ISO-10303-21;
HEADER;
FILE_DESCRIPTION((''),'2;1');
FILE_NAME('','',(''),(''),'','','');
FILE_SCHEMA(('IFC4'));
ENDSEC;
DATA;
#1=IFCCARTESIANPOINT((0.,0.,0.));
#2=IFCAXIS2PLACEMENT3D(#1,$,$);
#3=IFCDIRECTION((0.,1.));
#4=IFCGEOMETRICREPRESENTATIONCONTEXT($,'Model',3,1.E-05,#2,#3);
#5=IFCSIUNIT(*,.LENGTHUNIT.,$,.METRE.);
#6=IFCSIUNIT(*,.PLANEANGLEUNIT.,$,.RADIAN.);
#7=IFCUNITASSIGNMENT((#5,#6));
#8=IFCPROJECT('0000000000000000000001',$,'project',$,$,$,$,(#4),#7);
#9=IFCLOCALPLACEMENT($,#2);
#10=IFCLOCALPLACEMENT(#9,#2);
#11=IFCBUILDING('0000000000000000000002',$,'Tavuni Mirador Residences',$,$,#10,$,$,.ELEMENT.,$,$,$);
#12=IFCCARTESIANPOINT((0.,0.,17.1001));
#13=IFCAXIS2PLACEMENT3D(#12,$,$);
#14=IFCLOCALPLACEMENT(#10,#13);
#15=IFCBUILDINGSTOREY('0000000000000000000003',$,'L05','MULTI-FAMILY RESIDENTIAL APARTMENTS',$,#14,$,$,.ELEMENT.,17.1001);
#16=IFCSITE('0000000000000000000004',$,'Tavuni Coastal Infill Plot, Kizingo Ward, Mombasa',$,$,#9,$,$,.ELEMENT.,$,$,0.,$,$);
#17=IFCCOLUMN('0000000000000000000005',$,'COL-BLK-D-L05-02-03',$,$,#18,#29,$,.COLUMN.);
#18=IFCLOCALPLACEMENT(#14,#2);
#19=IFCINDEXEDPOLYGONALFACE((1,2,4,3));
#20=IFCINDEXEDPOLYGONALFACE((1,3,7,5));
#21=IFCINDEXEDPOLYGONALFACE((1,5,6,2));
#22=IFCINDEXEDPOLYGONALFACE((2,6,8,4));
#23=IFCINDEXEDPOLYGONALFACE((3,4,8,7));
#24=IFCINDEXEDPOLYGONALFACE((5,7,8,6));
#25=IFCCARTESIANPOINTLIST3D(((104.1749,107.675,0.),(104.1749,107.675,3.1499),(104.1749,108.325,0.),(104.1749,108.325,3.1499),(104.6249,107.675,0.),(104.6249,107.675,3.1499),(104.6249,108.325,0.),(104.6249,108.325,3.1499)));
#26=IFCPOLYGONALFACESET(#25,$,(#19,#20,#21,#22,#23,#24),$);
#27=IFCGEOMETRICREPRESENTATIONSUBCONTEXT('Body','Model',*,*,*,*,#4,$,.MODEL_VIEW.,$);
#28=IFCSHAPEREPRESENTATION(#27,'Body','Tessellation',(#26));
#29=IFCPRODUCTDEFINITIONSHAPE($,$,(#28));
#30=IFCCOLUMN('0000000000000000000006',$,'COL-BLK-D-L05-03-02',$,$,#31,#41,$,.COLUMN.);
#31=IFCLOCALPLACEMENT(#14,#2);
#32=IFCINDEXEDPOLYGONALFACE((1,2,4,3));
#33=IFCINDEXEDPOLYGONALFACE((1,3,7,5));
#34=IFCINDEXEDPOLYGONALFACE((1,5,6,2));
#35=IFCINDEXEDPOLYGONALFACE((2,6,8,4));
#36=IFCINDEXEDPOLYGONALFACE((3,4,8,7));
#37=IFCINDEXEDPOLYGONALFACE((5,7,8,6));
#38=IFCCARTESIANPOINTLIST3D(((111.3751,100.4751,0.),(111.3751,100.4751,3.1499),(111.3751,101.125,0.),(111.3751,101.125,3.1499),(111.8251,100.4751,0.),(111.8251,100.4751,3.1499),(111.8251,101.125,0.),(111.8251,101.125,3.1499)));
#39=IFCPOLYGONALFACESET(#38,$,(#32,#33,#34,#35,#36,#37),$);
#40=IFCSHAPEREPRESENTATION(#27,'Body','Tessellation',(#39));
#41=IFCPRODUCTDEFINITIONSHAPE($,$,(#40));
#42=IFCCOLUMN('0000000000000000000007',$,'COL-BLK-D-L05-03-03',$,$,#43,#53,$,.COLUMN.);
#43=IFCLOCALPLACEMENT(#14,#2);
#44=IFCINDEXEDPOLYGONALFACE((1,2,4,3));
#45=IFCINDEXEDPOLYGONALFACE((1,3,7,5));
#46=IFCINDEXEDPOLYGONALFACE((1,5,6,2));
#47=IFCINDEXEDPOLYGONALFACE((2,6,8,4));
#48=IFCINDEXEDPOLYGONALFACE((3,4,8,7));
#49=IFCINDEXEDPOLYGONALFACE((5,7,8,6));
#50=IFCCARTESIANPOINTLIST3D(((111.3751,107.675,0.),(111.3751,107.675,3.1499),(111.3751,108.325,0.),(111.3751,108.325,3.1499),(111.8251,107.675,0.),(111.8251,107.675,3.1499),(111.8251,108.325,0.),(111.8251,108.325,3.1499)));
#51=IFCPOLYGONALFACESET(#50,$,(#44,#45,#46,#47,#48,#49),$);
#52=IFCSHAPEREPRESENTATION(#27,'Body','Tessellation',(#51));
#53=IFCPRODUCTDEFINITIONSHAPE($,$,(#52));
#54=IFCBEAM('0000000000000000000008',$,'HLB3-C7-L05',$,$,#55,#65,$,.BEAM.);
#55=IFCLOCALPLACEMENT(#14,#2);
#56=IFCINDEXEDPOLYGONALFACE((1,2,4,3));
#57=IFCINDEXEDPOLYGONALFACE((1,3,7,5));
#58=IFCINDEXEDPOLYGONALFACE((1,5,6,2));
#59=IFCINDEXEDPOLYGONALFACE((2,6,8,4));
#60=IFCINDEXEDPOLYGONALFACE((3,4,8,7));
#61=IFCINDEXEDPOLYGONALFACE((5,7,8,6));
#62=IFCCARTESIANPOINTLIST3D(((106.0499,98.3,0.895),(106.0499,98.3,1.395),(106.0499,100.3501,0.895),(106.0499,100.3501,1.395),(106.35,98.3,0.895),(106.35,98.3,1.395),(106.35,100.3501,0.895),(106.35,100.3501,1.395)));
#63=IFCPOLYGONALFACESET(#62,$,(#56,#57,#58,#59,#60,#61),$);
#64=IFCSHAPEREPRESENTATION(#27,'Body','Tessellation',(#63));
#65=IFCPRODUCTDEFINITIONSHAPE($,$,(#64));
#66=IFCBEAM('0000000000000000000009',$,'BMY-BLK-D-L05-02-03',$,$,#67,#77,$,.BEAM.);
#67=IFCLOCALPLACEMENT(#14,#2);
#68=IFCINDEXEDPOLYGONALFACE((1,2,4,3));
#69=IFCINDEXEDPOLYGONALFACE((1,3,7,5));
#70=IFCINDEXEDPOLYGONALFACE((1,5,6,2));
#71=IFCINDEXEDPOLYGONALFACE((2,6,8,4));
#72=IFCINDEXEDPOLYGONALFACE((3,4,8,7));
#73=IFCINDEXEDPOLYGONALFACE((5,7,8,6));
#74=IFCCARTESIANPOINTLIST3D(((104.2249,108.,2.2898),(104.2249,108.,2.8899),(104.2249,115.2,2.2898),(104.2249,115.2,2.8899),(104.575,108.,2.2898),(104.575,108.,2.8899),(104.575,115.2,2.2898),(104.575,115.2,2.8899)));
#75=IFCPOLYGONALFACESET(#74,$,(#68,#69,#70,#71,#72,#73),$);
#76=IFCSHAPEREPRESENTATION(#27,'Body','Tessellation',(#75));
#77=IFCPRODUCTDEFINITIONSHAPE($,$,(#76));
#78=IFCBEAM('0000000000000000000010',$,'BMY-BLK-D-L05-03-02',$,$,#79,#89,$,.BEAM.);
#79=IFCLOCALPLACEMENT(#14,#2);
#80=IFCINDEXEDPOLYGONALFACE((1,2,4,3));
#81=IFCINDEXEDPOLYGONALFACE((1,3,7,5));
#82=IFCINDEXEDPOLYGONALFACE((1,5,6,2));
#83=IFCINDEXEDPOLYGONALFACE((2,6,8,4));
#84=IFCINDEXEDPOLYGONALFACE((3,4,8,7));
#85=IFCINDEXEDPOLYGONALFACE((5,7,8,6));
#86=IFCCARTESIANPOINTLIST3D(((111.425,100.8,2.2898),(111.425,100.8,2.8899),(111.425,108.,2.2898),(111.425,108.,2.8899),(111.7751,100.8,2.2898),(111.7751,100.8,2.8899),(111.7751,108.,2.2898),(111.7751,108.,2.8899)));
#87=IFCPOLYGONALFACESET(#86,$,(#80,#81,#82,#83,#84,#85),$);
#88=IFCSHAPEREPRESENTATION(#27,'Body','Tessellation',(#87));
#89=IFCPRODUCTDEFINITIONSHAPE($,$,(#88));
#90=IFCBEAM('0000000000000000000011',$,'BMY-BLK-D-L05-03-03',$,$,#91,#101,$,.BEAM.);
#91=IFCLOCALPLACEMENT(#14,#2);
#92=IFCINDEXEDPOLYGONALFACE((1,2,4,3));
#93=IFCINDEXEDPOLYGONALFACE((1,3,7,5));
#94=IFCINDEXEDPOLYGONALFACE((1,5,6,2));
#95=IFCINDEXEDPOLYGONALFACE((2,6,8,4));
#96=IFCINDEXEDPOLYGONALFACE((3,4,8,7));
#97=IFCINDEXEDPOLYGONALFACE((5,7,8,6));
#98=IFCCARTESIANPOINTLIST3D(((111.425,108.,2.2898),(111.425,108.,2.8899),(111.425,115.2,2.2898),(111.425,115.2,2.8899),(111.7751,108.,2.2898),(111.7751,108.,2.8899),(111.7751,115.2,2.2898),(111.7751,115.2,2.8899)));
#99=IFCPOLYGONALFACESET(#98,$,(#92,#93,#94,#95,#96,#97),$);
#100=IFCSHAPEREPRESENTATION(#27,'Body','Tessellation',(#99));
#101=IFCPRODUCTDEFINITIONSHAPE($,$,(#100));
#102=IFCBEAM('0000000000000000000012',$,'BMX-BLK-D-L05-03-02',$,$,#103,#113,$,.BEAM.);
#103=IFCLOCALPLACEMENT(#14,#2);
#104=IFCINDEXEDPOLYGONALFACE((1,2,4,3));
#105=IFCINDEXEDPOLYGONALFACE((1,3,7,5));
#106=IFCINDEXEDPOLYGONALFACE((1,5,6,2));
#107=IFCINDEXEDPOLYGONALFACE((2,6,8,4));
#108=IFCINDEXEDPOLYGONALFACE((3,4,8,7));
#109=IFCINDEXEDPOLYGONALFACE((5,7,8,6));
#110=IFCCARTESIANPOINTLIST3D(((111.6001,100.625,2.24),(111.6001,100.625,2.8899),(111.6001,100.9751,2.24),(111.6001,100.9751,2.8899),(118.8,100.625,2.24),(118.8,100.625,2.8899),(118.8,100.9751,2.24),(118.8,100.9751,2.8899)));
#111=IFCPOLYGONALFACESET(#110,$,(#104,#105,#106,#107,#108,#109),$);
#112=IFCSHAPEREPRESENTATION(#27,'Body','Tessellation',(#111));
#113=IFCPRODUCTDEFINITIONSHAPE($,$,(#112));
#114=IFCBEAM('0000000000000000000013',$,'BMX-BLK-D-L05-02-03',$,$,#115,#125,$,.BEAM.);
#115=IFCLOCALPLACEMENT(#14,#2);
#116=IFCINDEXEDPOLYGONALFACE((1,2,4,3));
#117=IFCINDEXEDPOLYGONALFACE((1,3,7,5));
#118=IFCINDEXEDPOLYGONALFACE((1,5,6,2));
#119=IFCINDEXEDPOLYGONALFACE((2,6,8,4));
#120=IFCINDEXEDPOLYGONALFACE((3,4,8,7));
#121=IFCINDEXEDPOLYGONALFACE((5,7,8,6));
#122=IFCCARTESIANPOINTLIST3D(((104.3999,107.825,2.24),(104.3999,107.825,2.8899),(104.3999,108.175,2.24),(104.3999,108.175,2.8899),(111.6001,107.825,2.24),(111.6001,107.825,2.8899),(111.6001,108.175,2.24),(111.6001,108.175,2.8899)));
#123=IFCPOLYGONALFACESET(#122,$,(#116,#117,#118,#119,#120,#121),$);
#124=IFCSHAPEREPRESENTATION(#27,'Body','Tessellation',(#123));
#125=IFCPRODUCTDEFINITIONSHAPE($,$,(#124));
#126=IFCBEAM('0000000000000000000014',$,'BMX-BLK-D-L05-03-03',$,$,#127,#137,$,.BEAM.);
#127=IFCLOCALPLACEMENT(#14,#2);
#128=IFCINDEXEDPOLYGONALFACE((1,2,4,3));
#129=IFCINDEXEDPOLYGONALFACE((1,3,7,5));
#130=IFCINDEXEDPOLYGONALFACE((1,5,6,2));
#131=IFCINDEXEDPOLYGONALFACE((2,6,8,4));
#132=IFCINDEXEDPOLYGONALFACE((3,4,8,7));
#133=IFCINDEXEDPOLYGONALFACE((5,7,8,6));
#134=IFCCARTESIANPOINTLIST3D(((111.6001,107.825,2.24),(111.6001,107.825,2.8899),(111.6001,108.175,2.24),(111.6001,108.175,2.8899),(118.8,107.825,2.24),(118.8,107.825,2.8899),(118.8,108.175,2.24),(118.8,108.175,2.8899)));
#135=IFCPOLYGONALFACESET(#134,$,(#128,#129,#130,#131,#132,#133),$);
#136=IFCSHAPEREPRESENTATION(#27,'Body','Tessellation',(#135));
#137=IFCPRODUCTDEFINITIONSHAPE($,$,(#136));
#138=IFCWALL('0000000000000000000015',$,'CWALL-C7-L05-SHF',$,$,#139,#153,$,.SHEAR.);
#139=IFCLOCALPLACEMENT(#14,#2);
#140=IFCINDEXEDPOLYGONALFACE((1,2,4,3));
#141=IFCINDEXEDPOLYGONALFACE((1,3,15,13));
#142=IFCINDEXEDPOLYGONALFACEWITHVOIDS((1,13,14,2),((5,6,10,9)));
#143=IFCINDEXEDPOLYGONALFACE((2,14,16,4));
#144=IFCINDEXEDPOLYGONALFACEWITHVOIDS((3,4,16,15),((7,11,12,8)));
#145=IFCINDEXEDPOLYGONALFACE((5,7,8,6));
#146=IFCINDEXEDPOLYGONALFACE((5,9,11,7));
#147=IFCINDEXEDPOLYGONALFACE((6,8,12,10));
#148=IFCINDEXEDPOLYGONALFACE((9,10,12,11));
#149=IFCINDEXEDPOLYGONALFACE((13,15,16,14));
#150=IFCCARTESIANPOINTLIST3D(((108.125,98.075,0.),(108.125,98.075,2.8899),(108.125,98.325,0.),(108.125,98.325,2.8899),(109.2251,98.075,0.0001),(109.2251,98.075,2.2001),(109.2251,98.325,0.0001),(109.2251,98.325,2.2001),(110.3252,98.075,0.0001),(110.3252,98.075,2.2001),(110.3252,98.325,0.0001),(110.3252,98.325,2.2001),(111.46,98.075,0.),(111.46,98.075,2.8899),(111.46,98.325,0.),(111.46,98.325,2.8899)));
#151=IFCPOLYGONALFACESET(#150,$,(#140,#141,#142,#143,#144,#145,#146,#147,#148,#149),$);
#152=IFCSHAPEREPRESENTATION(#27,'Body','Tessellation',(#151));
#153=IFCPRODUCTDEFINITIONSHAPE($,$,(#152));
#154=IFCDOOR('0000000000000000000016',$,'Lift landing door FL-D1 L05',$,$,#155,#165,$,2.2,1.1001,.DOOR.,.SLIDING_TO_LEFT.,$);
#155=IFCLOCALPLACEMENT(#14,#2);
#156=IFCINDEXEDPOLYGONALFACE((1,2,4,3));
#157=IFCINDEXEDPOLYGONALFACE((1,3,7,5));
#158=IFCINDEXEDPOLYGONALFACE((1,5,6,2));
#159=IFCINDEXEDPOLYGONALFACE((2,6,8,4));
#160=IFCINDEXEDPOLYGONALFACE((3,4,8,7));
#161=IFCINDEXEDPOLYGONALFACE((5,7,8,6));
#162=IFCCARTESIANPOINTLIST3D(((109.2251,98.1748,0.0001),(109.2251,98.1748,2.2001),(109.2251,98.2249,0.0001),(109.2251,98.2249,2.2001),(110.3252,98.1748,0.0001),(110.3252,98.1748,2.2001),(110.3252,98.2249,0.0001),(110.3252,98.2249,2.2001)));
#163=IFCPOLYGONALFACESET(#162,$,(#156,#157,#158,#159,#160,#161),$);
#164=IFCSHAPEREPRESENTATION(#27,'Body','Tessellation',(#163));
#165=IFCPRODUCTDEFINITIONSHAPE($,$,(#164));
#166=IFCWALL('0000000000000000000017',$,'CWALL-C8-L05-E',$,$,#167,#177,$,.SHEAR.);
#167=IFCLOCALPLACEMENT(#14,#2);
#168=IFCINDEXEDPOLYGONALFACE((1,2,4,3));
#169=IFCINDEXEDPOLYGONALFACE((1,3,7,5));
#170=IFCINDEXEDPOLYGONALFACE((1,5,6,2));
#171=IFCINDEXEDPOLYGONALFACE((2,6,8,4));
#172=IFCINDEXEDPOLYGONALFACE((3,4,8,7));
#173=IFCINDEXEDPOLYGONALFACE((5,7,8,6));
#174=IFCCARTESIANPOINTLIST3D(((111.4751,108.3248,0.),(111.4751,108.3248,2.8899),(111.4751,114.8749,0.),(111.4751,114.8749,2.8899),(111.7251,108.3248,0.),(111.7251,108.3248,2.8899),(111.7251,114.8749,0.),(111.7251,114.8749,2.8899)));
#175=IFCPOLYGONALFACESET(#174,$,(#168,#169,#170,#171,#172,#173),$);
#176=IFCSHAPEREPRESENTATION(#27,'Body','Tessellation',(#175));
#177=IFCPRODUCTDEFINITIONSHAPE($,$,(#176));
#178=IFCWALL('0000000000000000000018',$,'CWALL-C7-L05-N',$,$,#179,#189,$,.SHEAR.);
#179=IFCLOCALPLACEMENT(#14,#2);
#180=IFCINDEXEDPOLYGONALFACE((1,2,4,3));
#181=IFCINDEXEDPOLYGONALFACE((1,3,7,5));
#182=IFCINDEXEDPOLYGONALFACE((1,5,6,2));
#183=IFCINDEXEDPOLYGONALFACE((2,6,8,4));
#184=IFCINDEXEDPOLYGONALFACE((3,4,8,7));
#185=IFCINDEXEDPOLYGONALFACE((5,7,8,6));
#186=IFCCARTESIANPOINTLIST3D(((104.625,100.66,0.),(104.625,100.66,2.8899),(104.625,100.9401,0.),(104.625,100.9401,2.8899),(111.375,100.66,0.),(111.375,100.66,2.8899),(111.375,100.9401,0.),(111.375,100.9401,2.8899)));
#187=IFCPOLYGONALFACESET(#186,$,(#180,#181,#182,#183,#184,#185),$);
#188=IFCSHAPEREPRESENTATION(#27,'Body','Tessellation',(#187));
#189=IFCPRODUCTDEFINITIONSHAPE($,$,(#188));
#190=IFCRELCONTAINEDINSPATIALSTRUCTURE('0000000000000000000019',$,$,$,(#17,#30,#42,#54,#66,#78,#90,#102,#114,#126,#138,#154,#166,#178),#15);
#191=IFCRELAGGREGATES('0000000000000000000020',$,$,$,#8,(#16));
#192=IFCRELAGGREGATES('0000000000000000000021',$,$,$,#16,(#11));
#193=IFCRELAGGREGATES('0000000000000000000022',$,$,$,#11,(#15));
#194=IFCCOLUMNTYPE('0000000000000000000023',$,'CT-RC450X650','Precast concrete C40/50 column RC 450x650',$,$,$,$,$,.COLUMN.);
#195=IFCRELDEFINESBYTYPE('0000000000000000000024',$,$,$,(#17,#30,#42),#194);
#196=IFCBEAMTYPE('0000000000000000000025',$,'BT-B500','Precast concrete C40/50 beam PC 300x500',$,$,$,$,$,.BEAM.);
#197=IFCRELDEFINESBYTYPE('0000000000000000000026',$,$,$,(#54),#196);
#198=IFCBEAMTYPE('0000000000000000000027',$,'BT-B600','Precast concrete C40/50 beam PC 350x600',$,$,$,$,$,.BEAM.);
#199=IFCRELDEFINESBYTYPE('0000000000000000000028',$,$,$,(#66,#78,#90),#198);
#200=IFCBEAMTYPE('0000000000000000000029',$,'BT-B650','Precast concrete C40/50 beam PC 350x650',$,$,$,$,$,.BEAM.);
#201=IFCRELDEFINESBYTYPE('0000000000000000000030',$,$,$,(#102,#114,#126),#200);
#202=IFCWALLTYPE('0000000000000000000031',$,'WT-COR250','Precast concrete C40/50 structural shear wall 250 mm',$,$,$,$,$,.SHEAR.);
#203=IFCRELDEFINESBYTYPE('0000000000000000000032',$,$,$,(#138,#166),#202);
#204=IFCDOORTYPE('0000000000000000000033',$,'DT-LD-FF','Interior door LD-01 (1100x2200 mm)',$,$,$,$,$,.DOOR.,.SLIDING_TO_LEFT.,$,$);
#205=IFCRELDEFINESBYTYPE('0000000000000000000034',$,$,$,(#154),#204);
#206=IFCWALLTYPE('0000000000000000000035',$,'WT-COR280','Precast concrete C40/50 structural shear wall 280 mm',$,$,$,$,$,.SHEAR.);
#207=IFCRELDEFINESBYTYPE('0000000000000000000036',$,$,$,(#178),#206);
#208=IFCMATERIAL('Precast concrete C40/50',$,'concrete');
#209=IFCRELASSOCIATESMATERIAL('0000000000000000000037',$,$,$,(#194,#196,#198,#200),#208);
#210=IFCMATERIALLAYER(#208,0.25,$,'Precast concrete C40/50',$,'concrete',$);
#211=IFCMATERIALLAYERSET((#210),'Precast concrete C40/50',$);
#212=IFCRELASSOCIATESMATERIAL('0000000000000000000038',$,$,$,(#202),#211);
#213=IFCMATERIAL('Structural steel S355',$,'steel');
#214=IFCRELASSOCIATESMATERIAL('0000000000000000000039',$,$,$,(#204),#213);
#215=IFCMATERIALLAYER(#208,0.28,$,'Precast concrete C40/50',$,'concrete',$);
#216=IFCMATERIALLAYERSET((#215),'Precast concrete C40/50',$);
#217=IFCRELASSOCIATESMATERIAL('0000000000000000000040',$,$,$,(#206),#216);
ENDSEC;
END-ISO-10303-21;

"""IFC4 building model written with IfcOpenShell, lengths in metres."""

from ifc_helpers import new_model, si_unit, direction, frame, frame_2d, origin, origin_2d, place, context, subcontext, project, spatial, rectangle, extrude, material, layer, layer_set, material_profile, profile_set, type_object, element, fill, save


model = new_model("IFC4")

# Units and contexts
model_context = context("Model", 3, precision=1e-05, world=origin(), true_north=direction((0.0, 1.0)))
body_context = subcontext(model_context, "Body", "Model", "MODEL_VIEW")
ifc_project = project(units=[si_unit("LENGTHUNIT", "METRE"), si_unit("PLANEANGLEUNIT", "RADIAN")], contexts=[model_context])

# Site, building, storey
site_placement = place(None, origin())
site = spatial("IfcSite", under=ifc_project, at=site_placement, Name="Tavuni Coastal Infill Plot, Kizingo Ward, Mombasa", CompositionType="ELEMENT", RefElevation=0.0)
building_placement = place(site_placement, origin())
building = spatial("IfcBuilding", under=site, at=building_placement, Name="Tavuni Mirador Residences", CompositionType="ELEMENT")
storey_placement = place(building_placement, frame((0.0, 0.0, 17.1001)))
storey = spatial("IfcBuildingStorey", under=building, at=storey_placement, Name="L05", Description="MULTI-FAMILY RESIDENTIAL APARTMENTS", CompositionType="ELEMENT", Elevation=17.1001)

# Columns
ifc_material_1 = material(Name="Precast concrete C40/50", Category="concrete")
ifc_material_profile_1 = material_profile(ifc_material_1, rectangle(XDim=0.45, YDim=0.6499, at=origin_2d()), Name="RC 450x650", Category="concrete")
ifc_profile_set_1 = profile_set([ifc_material_profile_1], Name="Precast concrete C40/50")
column_type = type_object("IfcColumnType", Name="CT-RC450X650", Description="Precast concrete C40/50 column RC 450x650", PredefinedType="COLUMN", material=ifc_profile_set_1)
for number, where, z_axis, x_axis, name in (
    (1, (104.3999, 108.0, 0.0), (0.0, 0.0, 1.0), (1.0, 0.0, 0.0), "COL-BLK-D-L05-02-03"),
    (2, (111.6001, 100.8, 0.0), (0.0, 0.0, 1.0), (1.0, 0.0, 0.0), "COL-BLK-D-L05-03-02"),
    (3, (111.6001, 108.0, 0.0), (0.0, 0.0, 1.0), (1.0, 0.0, 0.0), "COL-BLK-D-L05-03-03"),
):
    element("IfcColumn", number, at=place(storey_placement, frame(where, z_axis=z_axis, x_axis=x_axis)), inside=storey, type_object=column_type, Name=name, PredefinedType="COLUMN", context=body_context, shape_type="SweptSolid", body=[
        extrude(rectangle(XDim=0.45, YDim=0.6499, at=origin_2d()), origin(), (0.0, 0.0, 1.0), 3.1499),
    ])

# Beams
ifc_material_profile_2 = material_profile(ifc_material_1, rectangle(XDim=0.3, YDim=0.5, at=origin_2d()), Name="PC 300x500", Category="concrete")
ifc_profile_set_2 = profile_set([ifc_material_profile_2], Name="Precast concrete C40/50")
beam_type_1 = type_object("IfcBeamType", Name="BT-B500", Description="Precast concrete C40/50 beam PC 300x500", PredefinedType="BEAM", material=ifc_profile_set_2)
beam_1_placement = place(storey_placement, frame((106.2, 98.3, 1.145), z_axis=(0.0, 1.0, 0.0), x_axis=(-1.0, 0.0, 0.0)))
element("IfcBeam", 4, at=beam_1_placement, inside=storey, type_object=beam_type_1, Name="HLB3-C7-L05", PredefinedType="BEAM", context=body_context, shape_type="SweptSolid", body=[
    extrude(rectangle(XDim=0.3, YDim=0.5, at=origin_2d()), origin(), (0.0, 0.0, 1.0), 2.05),
])
ifc_material_profile_3 = material_profile(ifc_material_1, rectangle(XDim=0.3501, YDim=0.6001, at=origin_2d()), Name="PC 350x600", Category="concrete")
ifc_profile_set_3 = profile_set([ifc_material_profile_3], Name="Precast concrete C40/50")
beam_type_2 = type_object("IfcBeamType", Name="BT-B600", Description="Precast concrete C40/50 beam PC 350x600", PredefinedType="BEAM", material=ifc_profile_set_3)
for number, where, z_axis, x_axis, name in (
    (5, (104.3999, 108.0, 2.5898), (0.0, 1.0, 0.0), (-1.0, 0.0, 0.0), "BMY-BLK-D-L05-02-03"),
    (6, (111.6001, 100.8, 2.5898), (0.0, 1.0, 0.0), (-1.0, 0.0, 0.0), "BMY-BLK-D-L05-03-02"),
    (7, (111.6001, 108.0, 2.5898), (0.0, 1.0, 0.0), (-1.0, 0.0, 0.0), "BMY-BLK-D-L05-03-03"),
):
    element("IfcBeam", number, at=place(storey_placement, frame(where, z_axis=z_axis, x_axis=x_axis)), inside=storey, type_object=beam_type_2, Name=name, PredefinedType="BEAM", context=body_context, shape_type="SweptSolid", body=[
        extrude(rectangle(XDim=0.3501, YDim=0.6001, at=origin_2d()), origin(), (0.0, 0.0, 1.0), 7.2),
    ])
ifc_material_profile_4 = material_profile(ifc_material_1, rectangle(XDim=0.3501, YDim=0.6499, at=origin_2d()), Name="PC 350x650", Category="concrete")
ifc_profile_set_4 = profile_set([ifc_material_profile_4], Name="Precast concrete C40/50")
beam_type_3 = type_object("IfcBeamType", Name="BT-B650", Description="Precast concrete C40/50 beam PC 350x650", PredefinedType="BEAM", material=ifc_profile_set_4)
beam_2_placement = place(storey_placement, frame((111.6001, 100.8, 2.5649), z_axis=(1.0, 0.0, 0.0), x_axis=(0.0, 1.0, 0.0)))
element("IfcBeam", 8, at=beam_2_placement, inside=storey, type_object=beam_type_3, Name="BMX-BLK-D-L05-03-02", PredefinedType="BEAM", context=body_context, shape_type="SweptSolid", body=[
    extrude(rectangle(XDim=0.3501, YDim=0.6499, at=origin_2d()), origin(), (0.0, 0.0, 1.0), 7.2),
])
beam_3_placement = place(storey_placement, frame((104.3999, 108.0, 2.5649), z_axis=(1.0, 0.0, 0.0), x_axis=(0.0, 1.0, 0.0)))
element("IfcBeam", 9, at=beam_3_placement, inside=storey, type_object=beam_type_3, Name="BMX-BLK-D-L05-02-03", PredefinedType="BEAM", context=body_context, shape_type="SweptSolid", body=[
    extrude(rectangle(XDim=0.3501, YDim=0.6499, at=origin_2d()), origin(), (0.0, 0.0, 1.0), 7.2002),
])
beam_4_placement = place(storey_placement, frame((111.6001, 108.0, 2.5649), z_axis=(1.0, 0.0, 0.0), x_axis=(0.0, 1.0, 0.0)))
element("IfcBeam", 10, at=beam_4_placement, inside=storey, type_object=beam_type_3, Name="BMX-BLK-D-L05-03-03", PredefinedType="BEAM", context=body_context, shape_type="SweptSolid", body=[
    extrude(rectangle(XDim=0.3501, YDim=0.6499, at=origin_2d()), origin(), (0.0, 0.0, 1.0), 7.2),
])

# Wall, opening, door
ifc_layer_1 = layer(ifc_material_1, 0.25, Name="Precast concrete C40/50", Category="concrete")
ifc_layer_set_1 = layer_set([ifc_layer_1], Name="Precast concrete C40/50")
wall_type_1 = type_object("IfcWallType", Name="WT-COR250", Description="Precast concrete C40/50 structural shear wall 250 mm", PredefinedType="SHEAR", material=ifc_layer_set_1)
wall_1_placement = place(storey_placement, frame((108.125, 98.2, 0.0), z_axis=(0.0, 0.0, 1.0), x_axis=(1.0, 0.0, 0.0)))
wall_1 = element("IfcWall", 11, at=wall_1_placement, inside=storey, type_object=wall_type_1, Name="CWALL-C7-L05-SHF", PredefinedType="SHEAR", context=body_context, shape_type="SweptSolid", body=[
    extrude(rectangle(XDim=3.335, YDim=0.25, at=frame_2d((1.6675, 0.0))), origin(), (0.0, 0.0, 1.0), 2.8899),
])
opening_1_placement = place(wall_1_placement, frame((1.1001, 0.0, 0.0)))
opening_1 = element("IfcOpeningElement", 12, at=opening_1_placement, cuts=wall_1, PredefinedType="OPENING", context=body_context, shape_type="SweptSolid", body=[
    extrude(rectangle(XDim=1.1001, YDim=2.2, at=frame_2d((0.55, 1.1001))), frame((0.0, 0.135, 0.0), z_axis=(0.0, -1.0, 0.0), x_axis=(1.0, 0.0, 0.0)), (0.0, 0.0, 1.0), 0.27),
])
ifc_material_2 = material(Name="Structural steel S355", Category="steel")
door_type_1 = type_object("IfcDoorType", Name="DT-LD-FF", Description="Interior door LD-01 (1100x2200 mm)", OperationType="SLIDING_TO_LEFT", PredefinedType="DOOR", material=ifc_material_2)
door_1_placement = place(opening_1_placement, origin())
door_1 = element("IfcDoor", 13, at=door_1_placement, inside=storey, type_object=door_type_1, Name="Lift landing door FL-D1 L05", OperationType="SLIDING_TO_LEFT", OverallHeight=2.2, OverallWidth=1.1001, PredefinedType="DOOR", context=body_context, shape_type="SweptSolid", body=[
    extrude(rectangle(XDim=1.1001, YDim=2.2, at=frame_2d((0.55, 1.1001))), frame((0.0, 0.0249, 0.0), z_axis=(0.0, -1.0, 0.0), x_axis=(1.0, 0.0, 0.0)), (0.0, 0.0, 1.0), 0.05),
])
fill(opening_1, door_1)

# Wall
wall_2_placement = place(storey_placement, frame((111.6001, 108.325, 0.0), z_axis=(0.0, 0.0, 1.0), x_axis=(0.0, 1.0, 0.0)))
element("IfcWall", 14, at=wall_2_placement, inside=storey, type_object=wall_type_1, Name="CWALL-C8-L05-E", PredefinedType="SHEAR", context=body_context, shape_type="SweptSolid", body=[
    extrude(rectangle(XDim=6.55, YDim=0.25, at=frame_2d((3.2749, 0.0))), origin(), (0.0, 0.0, 1.0), 2.8899),
])

# Wall
ifc_layer_2 = layer(ifc_material_1, 0.28, Name="Precast concrete C40/50", Category="concrete")
ifc_layer_set_2 = layer_set([ifc_layer_2], Name="Precast concrete C40/50")
wall_type_2 = type_object("IfcWallType", Name="WT-COR280", Description="Precast concrete C40/50 structural shear wall 280 mm", PredefinedType="SHEAR", material=ifc_layer_set_2)
wall_3_placement = place(storey_placement, frame((104.625, 100.8, 0.0), z_axis=(0.0, 0.0, 1.0), x_axis=(1.0, 0.0, 0.0)))
element("IfcWall", 15, at=wall_3_placement, inside=storey, type_object=wall_type_2, Name="CWALL-C7-L05-N", PredefinedType="SHEAR", context=body_context, shape_type="SweptSolid", body=[
    extrude(rectangle(XDim=6.75, YDim=0.28, at=frame_2d((3.375, 0.0))), origin(), (0.0, 0.0, 1.0), 2.8899),
])

save(model, "model.ifc")
